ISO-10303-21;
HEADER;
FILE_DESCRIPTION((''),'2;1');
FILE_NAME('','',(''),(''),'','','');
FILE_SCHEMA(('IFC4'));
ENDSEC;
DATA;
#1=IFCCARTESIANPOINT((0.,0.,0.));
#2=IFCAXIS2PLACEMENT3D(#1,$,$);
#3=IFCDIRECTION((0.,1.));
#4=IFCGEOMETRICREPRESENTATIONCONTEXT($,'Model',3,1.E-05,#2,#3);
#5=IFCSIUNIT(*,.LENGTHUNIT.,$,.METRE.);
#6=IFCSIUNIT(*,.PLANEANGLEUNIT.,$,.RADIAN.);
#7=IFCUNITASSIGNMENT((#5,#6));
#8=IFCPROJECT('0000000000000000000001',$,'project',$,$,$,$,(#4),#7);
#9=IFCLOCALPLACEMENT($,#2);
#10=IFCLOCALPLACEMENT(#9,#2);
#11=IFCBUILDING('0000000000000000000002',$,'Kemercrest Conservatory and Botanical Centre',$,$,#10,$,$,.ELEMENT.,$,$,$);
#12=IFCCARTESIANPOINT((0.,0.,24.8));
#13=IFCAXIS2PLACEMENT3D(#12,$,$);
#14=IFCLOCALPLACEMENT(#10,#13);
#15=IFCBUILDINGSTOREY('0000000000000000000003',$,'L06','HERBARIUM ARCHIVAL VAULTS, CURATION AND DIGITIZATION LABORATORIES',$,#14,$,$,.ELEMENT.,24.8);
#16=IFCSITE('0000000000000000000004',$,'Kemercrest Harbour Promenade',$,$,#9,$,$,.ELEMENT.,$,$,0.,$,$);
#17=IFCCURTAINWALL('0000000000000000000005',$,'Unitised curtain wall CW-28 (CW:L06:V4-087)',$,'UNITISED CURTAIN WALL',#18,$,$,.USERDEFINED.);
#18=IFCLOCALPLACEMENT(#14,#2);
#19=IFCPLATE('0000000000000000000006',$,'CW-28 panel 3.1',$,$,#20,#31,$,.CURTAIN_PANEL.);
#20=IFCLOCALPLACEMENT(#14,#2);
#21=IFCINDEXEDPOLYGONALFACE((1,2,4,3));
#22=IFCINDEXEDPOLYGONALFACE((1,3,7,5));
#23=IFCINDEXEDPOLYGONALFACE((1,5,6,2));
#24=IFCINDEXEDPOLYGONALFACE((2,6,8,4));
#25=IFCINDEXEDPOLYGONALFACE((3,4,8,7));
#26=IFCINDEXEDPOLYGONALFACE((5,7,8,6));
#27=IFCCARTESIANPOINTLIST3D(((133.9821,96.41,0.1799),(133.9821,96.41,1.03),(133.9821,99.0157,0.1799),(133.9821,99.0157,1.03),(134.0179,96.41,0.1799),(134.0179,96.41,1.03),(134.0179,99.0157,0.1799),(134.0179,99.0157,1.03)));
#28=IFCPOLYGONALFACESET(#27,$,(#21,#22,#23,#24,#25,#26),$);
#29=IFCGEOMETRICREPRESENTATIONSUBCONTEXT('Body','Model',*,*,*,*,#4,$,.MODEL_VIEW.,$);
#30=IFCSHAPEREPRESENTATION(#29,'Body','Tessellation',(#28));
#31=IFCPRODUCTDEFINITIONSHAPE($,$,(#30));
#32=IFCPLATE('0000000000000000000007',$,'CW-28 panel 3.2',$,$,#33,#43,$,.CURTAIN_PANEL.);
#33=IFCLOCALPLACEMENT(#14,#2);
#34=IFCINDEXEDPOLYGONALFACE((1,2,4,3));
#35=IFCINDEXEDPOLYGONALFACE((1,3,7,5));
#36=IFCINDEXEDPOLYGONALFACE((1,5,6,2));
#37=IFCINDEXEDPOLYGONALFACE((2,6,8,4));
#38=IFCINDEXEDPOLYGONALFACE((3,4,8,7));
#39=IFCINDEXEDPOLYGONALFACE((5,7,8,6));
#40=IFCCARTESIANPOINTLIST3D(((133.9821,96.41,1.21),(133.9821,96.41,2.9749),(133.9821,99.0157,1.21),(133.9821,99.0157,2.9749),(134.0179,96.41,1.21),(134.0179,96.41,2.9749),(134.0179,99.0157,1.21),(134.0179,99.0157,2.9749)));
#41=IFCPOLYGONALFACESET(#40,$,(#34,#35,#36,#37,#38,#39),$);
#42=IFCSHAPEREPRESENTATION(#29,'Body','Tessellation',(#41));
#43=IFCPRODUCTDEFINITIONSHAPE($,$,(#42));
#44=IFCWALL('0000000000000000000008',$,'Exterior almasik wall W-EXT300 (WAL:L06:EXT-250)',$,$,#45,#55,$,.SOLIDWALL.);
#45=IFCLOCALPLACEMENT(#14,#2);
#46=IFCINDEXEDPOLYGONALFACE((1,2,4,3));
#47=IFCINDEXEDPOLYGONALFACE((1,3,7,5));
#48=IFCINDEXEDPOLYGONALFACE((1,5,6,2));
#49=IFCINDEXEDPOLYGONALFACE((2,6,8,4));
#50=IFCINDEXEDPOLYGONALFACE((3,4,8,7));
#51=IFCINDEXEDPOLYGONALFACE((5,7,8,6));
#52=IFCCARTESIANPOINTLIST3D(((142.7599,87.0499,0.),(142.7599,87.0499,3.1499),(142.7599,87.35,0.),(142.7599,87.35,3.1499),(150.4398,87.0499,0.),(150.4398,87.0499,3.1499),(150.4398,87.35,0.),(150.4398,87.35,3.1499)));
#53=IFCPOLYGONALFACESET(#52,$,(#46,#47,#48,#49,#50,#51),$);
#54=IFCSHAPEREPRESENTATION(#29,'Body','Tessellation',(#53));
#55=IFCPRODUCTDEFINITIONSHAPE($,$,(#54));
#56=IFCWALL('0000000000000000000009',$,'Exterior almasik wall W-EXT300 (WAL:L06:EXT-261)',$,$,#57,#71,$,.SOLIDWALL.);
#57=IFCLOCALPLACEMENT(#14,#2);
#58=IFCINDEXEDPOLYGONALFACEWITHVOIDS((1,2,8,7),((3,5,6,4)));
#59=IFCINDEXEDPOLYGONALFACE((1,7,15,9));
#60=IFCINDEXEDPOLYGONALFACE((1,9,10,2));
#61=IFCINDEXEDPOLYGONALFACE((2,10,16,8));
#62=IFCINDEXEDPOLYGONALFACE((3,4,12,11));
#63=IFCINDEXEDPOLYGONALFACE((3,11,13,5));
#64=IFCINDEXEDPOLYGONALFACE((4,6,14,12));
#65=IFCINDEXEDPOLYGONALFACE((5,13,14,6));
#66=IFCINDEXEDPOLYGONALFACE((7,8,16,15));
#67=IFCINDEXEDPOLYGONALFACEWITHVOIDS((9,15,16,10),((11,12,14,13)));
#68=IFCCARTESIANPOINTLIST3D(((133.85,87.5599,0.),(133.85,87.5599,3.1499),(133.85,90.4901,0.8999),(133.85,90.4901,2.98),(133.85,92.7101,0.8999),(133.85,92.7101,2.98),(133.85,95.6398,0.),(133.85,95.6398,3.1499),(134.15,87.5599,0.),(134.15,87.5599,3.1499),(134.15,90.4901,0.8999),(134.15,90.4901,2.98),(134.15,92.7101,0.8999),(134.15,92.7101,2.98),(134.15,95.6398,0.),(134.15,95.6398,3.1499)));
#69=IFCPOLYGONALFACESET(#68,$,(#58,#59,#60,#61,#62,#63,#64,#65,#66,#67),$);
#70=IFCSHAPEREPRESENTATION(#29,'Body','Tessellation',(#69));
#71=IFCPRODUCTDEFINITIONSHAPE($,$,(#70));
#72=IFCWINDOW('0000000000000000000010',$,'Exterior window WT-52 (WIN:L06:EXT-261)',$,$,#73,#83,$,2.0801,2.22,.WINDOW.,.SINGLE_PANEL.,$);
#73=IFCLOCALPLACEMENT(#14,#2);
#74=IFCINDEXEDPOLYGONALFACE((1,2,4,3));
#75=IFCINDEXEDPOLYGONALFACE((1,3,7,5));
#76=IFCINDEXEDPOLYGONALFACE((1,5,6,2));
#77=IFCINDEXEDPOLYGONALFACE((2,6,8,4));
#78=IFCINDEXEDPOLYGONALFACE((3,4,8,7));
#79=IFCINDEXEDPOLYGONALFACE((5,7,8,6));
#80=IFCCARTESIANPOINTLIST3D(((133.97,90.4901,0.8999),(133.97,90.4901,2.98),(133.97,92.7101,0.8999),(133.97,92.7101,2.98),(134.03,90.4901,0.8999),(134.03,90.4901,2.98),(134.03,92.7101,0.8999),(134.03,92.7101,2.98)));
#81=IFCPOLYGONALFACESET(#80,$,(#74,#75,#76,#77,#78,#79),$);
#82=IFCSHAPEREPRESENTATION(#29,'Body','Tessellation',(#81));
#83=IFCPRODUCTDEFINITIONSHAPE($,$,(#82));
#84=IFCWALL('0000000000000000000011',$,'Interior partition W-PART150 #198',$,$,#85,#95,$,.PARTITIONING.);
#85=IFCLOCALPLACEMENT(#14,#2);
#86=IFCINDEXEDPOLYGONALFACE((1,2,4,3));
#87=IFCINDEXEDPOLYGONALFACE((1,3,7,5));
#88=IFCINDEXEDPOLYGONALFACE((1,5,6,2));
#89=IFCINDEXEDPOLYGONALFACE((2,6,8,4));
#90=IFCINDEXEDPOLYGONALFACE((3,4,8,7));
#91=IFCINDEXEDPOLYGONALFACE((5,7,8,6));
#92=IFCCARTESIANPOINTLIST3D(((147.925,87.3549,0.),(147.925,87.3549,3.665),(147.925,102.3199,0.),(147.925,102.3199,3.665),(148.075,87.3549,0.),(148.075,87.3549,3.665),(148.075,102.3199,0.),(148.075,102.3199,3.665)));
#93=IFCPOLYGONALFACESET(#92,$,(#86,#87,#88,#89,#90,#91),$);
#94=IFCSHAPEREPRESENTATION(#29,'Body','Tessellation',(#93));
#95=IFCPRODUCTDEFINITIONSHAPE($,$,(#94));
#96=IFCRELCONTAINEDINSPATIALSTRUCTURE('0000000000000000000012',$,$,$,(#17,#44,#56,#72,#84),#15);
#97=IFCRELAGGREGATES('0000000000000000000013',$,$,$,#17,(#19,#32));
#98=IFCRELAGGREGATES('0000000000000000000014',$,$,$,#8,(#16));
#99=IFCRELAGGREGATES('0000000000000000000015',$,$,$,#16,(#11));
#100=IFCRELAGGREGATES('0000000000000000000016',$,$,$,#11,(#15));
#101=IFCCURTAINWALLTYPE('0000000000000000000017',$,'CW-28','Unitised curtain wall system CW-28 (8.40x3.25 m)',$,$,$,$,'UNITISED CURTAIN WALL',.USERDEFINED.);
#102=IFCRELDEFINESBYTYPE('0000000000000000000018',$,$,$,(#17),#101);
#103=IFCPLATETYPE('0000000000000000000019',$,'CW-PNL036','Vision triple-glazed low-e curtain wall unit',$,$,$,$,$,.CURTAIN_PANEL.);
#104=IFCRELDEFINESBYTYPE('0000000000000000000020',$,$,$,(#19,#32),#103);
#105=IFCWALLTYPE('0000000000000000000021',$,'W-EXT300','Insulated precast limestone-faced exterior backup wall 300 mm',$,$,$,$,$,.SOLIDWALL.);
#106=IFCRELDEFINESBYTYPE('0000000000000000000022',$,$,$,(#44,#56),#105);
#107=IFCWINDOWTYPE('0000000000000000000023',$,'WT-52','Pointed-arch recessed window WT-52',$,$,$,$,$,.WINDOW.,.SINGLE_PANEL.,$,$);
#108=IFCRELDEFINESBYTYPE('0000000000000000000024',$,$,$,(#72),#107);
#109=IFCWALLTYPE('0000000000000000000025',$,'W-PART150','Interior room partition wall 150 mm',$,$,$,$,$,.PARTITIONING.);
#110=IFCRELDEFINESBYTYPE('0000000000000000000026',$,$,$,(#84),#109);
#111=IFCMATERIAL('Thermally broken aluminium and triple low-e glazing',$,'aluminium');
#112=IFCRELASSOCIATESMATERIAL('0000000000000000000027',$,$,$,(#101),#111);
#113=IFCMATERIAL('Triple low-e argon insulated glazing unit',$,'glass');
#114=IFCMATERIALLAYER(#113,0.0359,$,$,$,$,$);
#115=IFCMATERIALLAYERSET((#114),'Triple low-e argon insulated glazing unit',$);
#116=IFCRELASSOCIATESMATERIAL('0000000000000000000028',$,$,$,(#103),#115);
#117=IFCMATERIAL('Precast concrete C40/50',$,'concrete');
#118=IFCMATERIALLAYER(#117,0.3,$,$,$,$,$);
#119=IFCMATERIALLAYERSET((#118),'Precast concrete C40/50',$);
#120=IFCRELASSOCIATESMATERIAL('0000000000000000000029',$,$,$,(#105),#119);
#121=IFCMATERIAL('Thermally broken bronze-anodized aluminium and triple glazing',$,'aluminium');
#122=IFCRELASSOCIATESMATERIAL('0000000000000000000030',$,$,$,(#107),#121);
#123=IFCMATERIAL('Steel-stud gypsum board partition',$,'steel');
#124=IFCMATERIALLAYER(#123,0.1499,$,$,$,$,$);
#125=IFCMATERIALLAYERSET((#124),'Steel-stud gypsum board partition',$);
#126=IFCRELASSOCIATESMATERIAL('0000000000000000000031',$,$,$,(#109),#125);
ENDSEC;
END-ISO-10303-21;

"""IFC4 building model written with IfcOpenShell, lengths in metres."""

from ifc_helpers import new_model, si_unit, direction, frame, frame_2d, origin, origin_2d, place, context, subcontext, project, spatial, rectangle, extrude, material, layer, layer_set, type_object, element, fill, aggregate, save


model = new_model("IFC4")

# Units and contexts
model_context = context("Model", 3, precision=1e-05, world=origin(), true_north=direction((0.0, 1.0)))
body_context = subcontext(model_context, "Body", "Model", "MODEL_VIEW")
ifc_project = project(units=[si_unit("LENGTHUNIT", "METRE"), si_unit("PLANEANGLEUNIT", "RADIAN")], contexts=[model_context])

# Site, building, storey
site_placement = place(None, origin())
site = spatial("IfcSite", under=ifc_project, at=site_placement, Name="Kemercrest Harbour Promenade", CompositionType="ELEMENT", RefElevation=0.0)
building_placement = place(site_placement, origin())
building = spatial("IfcBuilding", under=site, at=building_placement, Name="Kemercrest Conservatory and Botanical Centre", CompositionType="ELEMENT")
storey_placement = place(building_placement, frame((0.0, 0.0, 24.8)))
storey = spatial("IfcBuildingStorey", under=building, at=storey_placement, Name="L06", Description="HERBARIUM ARCHIVAL VAULTS, CURATION AND DIGITIZATION LABORATORIES", CompositionType="ELEMENT", Elevation=24.8)

# Curtain wall
ifc_material_1 = material(Name="Thermally broken aluminium and triple low-e glazing", Category="aluminium")
curtain_wall_type_1 = type_object("IfcCurtainWallType", Name="CW-28", Description="Unitised curtain wall system CW-28 (8.40x3.25 m)", ElementType="UNITISED CURTAIN WALL", PredefinedType="USERDEFINED", material=ifc_material_1)
curtain_wall_1_placement = place(storey_placement, origin())
curtain_wall_1 = element("IfcCurtainWall", 1, at=curtain_wall_1_placement, inside=storey, type_object=curtain_wall_type_1, Name="Unitised curtain wall CW-28 (CW:L06:V4-087)", ObjectType="UNITISED CURTAIN WALL", PredefinedType="USERDEFINED")

# Plates
ifc_material_2 = material(Name="Triple low-e argon insulated glazing unit", Category="glass")
ifc_layer_1 = layer(ifc_material_2, 0.0359)
ifc_layer_set_1 = layer_set([ifc_layer_1], Name="Triple low-e argon insulated glazing unit")
plate_type = type_object("IfcPlateType", Name="CW-PNL036", Description="Vision triple-glazed low-e curtain wall unit", PredefinedType="CURTAIN_PANEL", material=ifc_layer_set_1)
plate_1_placement = place(storey_placement, frame((134.0, 97.7129, 0.1799), z_axis=(0.0, 0.0, 1.0), x_axis=(0.0, -1.0, 0.0)))
plate_1 = element("IfcPlate", 2, at=plate_1_placement, type_object=plate_type, Name="CW-28 panel 3.1", PredefinedType="CURTAIN_PANEL", context=body_context, shape_type="SweptSolid", body=[
    extrude(rectangle(XDim=2.6057, YDim=0.0359, at=origin_2d()), origin(), (0.0, 0.0, 1.0), 0.8501),
])
plate_2_placement = place(storey_placement, frame((134.0, 97.7129, 1.21), z_axis=(0.0, 0.0, 1.0), x_axis=(0.0, -1.0, 0.0)))
plate_2 = element("IfcPlate", 3, at=plate_2_placement, type_object=plate_type, Name="CW-28 panel 3.2", PredefinedType="CURTAIN_PANEL", context=body_context, shape_type="SweptSolid", body=[
    extrude(rectangle(XDim=2.6057, YDim=0.0359, at=origin_2d()), origin(), (0.0, 0.0, 1.0), 1.7649),
])
aggregate(curtain_wall_1, [plate_1, plate_2])

# Wall
ifc_material_3 = material(Name="Precast concrete C40/50", Category="concrete")
ifc_layer_2 = layer(ifc_material_3, 0.3)
ifc_layer_set_2 = layer_set([ifc_layer_2], Name="Precast concrete C40/50")
wall_type_1 = type_object("IfcWallType", Name="W-EXT300", Description="Insulated precast limestone-faced exterior backup wall 300 mm", PredefinedType="SOLIDWALL", material=ifc_layer_set_2)
wall_1_placement = place(storey_placement, frame((142.76, 87.2, 0.0), z_axis=(0.0, 0.0, 1.0), x_axis=(1.0, 0.0, 0.0)))
element("IfcWall", 4, at=wall_1_placement, inside=storey, type_object=wall_type_1, Name="Exterior almasik wall W-EXT300 (WAL:L06:EXT-250)", PredefinedType="SOLIDWALL", context=body_context, shape_type="SweptSolid", body=[
    extrude(rectangle(XDim=7.6799, YDim=0.3, at=frame_2d((3.8398, 0.0))), origin(), (0.0, 0.0, 1.0), 3.1499),
])

# Wall, opening, window
wall_2_placement = place(storey_placement, frame((134.0, 95.6399, 0.0), z_axis=(0.0, 0.0, 1.0), x_axis=(0.0, -1.0, 0.0)))
wall_2 = element("IfcWall", 5, at=wall_2_placement, inside=storey, type_object=wall_type_1, Name="Exterior almasik wall W-EXT300 (WAL:L06:EXT-261)", PredefinedType="SOLIDWALL", context=body_context, shape_type="SweptSolid", body=[
    extrude(rectangle(XDim=8.0798, YDim=0.3, at=frame_2d((4.04, 0.0))), origin(), (0.0, 0.0, 1.0), 3.1499),
])
opening_placement = place(wall_2_placement, frame((2.9299, 0.0, 0.8999)))
opening = element("IfcOpeningElement", 6, at=opening_placement, cuts=wall_2, PredefinedType="OPENING", context=body_context, shape_type="SweptSolid", body=[
    extrude(rectangle(XDim=2.22, YDim=2.0801, at=frame_2d((1.1099, 1.04))), frame((0.0, 0.1602, 0.0), z_axis=(0.0, -1.0, 0.0), x_axis=(1.0, 0.0, 0.0)), (0.0, 0.0, 1.0), 0.3201),
])
ifc_material_4 = material(Name="Thermally broken bronze-anodized aluminium and triple glazing", Category="aluminium")
window_type = type_object("IfcWindowType", Name="WT-52", Description="Pointed-arch recessed window WT-52", PartitioningType="SINGLE_PANEL", PredefinedType="WINDOW", material=ifc_material_4)
window_placement = place(opening_placement, origin())
window = element("IfcWindow", 7, at=window_placement, inside=storey, type_object=window_type, Name="Exterior window WT-52 (WIN:L06:EXT-261)", OverallHeight=2.0801, OverallWidth=2.22, PartitioningType="SINGLE_PANEL", PredefinedType="WINDOW", context=body_context, shape_type="SweptSolid", body=[
    extrude(rectangle(XDim=2.22, YDim=2.0801, at=frame_2d((1.1099, 1.04))), frame((0.0, 0.03, 0.0), z_axis=(0.0, -1.0, 0.0), x_axis=(1.0, 0.0, 0.0)), (0.0, 0.0, 1.0), 0.0601),
])
fill(opening, window)

# Wall
ifc_material_5 = material(Name="Steel-stud gypsum board partition", Category="steel")
ifc_layer_3 = layer(ifc_material_5, 0.1499)
ifc_layer_set_3 = layer_set([ifc_layer_3], Name="Steel-stud gypsum board partition")
wall_type_2 = type_object("IfcWallType", Name="W-PART150", Description="Interior room partition wall 150 mm", PredefinedType="PARTITIONING", material=ifc_layer_set_3)
wall_3_placement = place(storey_placement, frame((148.0, 87.355, 0.0), z_axis=(0.0, 0.0, 1.0), x_axis=(0.0, 1.0, 0.0)))
element("IfcWall", 8, at=wall_3_placement, inside=storey, type_object=wall_type_2, Name="Interior partition W-PART150 #198", PredefinedType="PARTITIONING", context=body_context, shape_type="SweptSolid", body=[
    extrude(rectangle(XDim=14.9651, YDim=0.1499, at=frame_2d((7.4824, 0.0))), origin(), (0.0, 0.0, 1.0), 3.665),
])

save(model, "model.ifc")
